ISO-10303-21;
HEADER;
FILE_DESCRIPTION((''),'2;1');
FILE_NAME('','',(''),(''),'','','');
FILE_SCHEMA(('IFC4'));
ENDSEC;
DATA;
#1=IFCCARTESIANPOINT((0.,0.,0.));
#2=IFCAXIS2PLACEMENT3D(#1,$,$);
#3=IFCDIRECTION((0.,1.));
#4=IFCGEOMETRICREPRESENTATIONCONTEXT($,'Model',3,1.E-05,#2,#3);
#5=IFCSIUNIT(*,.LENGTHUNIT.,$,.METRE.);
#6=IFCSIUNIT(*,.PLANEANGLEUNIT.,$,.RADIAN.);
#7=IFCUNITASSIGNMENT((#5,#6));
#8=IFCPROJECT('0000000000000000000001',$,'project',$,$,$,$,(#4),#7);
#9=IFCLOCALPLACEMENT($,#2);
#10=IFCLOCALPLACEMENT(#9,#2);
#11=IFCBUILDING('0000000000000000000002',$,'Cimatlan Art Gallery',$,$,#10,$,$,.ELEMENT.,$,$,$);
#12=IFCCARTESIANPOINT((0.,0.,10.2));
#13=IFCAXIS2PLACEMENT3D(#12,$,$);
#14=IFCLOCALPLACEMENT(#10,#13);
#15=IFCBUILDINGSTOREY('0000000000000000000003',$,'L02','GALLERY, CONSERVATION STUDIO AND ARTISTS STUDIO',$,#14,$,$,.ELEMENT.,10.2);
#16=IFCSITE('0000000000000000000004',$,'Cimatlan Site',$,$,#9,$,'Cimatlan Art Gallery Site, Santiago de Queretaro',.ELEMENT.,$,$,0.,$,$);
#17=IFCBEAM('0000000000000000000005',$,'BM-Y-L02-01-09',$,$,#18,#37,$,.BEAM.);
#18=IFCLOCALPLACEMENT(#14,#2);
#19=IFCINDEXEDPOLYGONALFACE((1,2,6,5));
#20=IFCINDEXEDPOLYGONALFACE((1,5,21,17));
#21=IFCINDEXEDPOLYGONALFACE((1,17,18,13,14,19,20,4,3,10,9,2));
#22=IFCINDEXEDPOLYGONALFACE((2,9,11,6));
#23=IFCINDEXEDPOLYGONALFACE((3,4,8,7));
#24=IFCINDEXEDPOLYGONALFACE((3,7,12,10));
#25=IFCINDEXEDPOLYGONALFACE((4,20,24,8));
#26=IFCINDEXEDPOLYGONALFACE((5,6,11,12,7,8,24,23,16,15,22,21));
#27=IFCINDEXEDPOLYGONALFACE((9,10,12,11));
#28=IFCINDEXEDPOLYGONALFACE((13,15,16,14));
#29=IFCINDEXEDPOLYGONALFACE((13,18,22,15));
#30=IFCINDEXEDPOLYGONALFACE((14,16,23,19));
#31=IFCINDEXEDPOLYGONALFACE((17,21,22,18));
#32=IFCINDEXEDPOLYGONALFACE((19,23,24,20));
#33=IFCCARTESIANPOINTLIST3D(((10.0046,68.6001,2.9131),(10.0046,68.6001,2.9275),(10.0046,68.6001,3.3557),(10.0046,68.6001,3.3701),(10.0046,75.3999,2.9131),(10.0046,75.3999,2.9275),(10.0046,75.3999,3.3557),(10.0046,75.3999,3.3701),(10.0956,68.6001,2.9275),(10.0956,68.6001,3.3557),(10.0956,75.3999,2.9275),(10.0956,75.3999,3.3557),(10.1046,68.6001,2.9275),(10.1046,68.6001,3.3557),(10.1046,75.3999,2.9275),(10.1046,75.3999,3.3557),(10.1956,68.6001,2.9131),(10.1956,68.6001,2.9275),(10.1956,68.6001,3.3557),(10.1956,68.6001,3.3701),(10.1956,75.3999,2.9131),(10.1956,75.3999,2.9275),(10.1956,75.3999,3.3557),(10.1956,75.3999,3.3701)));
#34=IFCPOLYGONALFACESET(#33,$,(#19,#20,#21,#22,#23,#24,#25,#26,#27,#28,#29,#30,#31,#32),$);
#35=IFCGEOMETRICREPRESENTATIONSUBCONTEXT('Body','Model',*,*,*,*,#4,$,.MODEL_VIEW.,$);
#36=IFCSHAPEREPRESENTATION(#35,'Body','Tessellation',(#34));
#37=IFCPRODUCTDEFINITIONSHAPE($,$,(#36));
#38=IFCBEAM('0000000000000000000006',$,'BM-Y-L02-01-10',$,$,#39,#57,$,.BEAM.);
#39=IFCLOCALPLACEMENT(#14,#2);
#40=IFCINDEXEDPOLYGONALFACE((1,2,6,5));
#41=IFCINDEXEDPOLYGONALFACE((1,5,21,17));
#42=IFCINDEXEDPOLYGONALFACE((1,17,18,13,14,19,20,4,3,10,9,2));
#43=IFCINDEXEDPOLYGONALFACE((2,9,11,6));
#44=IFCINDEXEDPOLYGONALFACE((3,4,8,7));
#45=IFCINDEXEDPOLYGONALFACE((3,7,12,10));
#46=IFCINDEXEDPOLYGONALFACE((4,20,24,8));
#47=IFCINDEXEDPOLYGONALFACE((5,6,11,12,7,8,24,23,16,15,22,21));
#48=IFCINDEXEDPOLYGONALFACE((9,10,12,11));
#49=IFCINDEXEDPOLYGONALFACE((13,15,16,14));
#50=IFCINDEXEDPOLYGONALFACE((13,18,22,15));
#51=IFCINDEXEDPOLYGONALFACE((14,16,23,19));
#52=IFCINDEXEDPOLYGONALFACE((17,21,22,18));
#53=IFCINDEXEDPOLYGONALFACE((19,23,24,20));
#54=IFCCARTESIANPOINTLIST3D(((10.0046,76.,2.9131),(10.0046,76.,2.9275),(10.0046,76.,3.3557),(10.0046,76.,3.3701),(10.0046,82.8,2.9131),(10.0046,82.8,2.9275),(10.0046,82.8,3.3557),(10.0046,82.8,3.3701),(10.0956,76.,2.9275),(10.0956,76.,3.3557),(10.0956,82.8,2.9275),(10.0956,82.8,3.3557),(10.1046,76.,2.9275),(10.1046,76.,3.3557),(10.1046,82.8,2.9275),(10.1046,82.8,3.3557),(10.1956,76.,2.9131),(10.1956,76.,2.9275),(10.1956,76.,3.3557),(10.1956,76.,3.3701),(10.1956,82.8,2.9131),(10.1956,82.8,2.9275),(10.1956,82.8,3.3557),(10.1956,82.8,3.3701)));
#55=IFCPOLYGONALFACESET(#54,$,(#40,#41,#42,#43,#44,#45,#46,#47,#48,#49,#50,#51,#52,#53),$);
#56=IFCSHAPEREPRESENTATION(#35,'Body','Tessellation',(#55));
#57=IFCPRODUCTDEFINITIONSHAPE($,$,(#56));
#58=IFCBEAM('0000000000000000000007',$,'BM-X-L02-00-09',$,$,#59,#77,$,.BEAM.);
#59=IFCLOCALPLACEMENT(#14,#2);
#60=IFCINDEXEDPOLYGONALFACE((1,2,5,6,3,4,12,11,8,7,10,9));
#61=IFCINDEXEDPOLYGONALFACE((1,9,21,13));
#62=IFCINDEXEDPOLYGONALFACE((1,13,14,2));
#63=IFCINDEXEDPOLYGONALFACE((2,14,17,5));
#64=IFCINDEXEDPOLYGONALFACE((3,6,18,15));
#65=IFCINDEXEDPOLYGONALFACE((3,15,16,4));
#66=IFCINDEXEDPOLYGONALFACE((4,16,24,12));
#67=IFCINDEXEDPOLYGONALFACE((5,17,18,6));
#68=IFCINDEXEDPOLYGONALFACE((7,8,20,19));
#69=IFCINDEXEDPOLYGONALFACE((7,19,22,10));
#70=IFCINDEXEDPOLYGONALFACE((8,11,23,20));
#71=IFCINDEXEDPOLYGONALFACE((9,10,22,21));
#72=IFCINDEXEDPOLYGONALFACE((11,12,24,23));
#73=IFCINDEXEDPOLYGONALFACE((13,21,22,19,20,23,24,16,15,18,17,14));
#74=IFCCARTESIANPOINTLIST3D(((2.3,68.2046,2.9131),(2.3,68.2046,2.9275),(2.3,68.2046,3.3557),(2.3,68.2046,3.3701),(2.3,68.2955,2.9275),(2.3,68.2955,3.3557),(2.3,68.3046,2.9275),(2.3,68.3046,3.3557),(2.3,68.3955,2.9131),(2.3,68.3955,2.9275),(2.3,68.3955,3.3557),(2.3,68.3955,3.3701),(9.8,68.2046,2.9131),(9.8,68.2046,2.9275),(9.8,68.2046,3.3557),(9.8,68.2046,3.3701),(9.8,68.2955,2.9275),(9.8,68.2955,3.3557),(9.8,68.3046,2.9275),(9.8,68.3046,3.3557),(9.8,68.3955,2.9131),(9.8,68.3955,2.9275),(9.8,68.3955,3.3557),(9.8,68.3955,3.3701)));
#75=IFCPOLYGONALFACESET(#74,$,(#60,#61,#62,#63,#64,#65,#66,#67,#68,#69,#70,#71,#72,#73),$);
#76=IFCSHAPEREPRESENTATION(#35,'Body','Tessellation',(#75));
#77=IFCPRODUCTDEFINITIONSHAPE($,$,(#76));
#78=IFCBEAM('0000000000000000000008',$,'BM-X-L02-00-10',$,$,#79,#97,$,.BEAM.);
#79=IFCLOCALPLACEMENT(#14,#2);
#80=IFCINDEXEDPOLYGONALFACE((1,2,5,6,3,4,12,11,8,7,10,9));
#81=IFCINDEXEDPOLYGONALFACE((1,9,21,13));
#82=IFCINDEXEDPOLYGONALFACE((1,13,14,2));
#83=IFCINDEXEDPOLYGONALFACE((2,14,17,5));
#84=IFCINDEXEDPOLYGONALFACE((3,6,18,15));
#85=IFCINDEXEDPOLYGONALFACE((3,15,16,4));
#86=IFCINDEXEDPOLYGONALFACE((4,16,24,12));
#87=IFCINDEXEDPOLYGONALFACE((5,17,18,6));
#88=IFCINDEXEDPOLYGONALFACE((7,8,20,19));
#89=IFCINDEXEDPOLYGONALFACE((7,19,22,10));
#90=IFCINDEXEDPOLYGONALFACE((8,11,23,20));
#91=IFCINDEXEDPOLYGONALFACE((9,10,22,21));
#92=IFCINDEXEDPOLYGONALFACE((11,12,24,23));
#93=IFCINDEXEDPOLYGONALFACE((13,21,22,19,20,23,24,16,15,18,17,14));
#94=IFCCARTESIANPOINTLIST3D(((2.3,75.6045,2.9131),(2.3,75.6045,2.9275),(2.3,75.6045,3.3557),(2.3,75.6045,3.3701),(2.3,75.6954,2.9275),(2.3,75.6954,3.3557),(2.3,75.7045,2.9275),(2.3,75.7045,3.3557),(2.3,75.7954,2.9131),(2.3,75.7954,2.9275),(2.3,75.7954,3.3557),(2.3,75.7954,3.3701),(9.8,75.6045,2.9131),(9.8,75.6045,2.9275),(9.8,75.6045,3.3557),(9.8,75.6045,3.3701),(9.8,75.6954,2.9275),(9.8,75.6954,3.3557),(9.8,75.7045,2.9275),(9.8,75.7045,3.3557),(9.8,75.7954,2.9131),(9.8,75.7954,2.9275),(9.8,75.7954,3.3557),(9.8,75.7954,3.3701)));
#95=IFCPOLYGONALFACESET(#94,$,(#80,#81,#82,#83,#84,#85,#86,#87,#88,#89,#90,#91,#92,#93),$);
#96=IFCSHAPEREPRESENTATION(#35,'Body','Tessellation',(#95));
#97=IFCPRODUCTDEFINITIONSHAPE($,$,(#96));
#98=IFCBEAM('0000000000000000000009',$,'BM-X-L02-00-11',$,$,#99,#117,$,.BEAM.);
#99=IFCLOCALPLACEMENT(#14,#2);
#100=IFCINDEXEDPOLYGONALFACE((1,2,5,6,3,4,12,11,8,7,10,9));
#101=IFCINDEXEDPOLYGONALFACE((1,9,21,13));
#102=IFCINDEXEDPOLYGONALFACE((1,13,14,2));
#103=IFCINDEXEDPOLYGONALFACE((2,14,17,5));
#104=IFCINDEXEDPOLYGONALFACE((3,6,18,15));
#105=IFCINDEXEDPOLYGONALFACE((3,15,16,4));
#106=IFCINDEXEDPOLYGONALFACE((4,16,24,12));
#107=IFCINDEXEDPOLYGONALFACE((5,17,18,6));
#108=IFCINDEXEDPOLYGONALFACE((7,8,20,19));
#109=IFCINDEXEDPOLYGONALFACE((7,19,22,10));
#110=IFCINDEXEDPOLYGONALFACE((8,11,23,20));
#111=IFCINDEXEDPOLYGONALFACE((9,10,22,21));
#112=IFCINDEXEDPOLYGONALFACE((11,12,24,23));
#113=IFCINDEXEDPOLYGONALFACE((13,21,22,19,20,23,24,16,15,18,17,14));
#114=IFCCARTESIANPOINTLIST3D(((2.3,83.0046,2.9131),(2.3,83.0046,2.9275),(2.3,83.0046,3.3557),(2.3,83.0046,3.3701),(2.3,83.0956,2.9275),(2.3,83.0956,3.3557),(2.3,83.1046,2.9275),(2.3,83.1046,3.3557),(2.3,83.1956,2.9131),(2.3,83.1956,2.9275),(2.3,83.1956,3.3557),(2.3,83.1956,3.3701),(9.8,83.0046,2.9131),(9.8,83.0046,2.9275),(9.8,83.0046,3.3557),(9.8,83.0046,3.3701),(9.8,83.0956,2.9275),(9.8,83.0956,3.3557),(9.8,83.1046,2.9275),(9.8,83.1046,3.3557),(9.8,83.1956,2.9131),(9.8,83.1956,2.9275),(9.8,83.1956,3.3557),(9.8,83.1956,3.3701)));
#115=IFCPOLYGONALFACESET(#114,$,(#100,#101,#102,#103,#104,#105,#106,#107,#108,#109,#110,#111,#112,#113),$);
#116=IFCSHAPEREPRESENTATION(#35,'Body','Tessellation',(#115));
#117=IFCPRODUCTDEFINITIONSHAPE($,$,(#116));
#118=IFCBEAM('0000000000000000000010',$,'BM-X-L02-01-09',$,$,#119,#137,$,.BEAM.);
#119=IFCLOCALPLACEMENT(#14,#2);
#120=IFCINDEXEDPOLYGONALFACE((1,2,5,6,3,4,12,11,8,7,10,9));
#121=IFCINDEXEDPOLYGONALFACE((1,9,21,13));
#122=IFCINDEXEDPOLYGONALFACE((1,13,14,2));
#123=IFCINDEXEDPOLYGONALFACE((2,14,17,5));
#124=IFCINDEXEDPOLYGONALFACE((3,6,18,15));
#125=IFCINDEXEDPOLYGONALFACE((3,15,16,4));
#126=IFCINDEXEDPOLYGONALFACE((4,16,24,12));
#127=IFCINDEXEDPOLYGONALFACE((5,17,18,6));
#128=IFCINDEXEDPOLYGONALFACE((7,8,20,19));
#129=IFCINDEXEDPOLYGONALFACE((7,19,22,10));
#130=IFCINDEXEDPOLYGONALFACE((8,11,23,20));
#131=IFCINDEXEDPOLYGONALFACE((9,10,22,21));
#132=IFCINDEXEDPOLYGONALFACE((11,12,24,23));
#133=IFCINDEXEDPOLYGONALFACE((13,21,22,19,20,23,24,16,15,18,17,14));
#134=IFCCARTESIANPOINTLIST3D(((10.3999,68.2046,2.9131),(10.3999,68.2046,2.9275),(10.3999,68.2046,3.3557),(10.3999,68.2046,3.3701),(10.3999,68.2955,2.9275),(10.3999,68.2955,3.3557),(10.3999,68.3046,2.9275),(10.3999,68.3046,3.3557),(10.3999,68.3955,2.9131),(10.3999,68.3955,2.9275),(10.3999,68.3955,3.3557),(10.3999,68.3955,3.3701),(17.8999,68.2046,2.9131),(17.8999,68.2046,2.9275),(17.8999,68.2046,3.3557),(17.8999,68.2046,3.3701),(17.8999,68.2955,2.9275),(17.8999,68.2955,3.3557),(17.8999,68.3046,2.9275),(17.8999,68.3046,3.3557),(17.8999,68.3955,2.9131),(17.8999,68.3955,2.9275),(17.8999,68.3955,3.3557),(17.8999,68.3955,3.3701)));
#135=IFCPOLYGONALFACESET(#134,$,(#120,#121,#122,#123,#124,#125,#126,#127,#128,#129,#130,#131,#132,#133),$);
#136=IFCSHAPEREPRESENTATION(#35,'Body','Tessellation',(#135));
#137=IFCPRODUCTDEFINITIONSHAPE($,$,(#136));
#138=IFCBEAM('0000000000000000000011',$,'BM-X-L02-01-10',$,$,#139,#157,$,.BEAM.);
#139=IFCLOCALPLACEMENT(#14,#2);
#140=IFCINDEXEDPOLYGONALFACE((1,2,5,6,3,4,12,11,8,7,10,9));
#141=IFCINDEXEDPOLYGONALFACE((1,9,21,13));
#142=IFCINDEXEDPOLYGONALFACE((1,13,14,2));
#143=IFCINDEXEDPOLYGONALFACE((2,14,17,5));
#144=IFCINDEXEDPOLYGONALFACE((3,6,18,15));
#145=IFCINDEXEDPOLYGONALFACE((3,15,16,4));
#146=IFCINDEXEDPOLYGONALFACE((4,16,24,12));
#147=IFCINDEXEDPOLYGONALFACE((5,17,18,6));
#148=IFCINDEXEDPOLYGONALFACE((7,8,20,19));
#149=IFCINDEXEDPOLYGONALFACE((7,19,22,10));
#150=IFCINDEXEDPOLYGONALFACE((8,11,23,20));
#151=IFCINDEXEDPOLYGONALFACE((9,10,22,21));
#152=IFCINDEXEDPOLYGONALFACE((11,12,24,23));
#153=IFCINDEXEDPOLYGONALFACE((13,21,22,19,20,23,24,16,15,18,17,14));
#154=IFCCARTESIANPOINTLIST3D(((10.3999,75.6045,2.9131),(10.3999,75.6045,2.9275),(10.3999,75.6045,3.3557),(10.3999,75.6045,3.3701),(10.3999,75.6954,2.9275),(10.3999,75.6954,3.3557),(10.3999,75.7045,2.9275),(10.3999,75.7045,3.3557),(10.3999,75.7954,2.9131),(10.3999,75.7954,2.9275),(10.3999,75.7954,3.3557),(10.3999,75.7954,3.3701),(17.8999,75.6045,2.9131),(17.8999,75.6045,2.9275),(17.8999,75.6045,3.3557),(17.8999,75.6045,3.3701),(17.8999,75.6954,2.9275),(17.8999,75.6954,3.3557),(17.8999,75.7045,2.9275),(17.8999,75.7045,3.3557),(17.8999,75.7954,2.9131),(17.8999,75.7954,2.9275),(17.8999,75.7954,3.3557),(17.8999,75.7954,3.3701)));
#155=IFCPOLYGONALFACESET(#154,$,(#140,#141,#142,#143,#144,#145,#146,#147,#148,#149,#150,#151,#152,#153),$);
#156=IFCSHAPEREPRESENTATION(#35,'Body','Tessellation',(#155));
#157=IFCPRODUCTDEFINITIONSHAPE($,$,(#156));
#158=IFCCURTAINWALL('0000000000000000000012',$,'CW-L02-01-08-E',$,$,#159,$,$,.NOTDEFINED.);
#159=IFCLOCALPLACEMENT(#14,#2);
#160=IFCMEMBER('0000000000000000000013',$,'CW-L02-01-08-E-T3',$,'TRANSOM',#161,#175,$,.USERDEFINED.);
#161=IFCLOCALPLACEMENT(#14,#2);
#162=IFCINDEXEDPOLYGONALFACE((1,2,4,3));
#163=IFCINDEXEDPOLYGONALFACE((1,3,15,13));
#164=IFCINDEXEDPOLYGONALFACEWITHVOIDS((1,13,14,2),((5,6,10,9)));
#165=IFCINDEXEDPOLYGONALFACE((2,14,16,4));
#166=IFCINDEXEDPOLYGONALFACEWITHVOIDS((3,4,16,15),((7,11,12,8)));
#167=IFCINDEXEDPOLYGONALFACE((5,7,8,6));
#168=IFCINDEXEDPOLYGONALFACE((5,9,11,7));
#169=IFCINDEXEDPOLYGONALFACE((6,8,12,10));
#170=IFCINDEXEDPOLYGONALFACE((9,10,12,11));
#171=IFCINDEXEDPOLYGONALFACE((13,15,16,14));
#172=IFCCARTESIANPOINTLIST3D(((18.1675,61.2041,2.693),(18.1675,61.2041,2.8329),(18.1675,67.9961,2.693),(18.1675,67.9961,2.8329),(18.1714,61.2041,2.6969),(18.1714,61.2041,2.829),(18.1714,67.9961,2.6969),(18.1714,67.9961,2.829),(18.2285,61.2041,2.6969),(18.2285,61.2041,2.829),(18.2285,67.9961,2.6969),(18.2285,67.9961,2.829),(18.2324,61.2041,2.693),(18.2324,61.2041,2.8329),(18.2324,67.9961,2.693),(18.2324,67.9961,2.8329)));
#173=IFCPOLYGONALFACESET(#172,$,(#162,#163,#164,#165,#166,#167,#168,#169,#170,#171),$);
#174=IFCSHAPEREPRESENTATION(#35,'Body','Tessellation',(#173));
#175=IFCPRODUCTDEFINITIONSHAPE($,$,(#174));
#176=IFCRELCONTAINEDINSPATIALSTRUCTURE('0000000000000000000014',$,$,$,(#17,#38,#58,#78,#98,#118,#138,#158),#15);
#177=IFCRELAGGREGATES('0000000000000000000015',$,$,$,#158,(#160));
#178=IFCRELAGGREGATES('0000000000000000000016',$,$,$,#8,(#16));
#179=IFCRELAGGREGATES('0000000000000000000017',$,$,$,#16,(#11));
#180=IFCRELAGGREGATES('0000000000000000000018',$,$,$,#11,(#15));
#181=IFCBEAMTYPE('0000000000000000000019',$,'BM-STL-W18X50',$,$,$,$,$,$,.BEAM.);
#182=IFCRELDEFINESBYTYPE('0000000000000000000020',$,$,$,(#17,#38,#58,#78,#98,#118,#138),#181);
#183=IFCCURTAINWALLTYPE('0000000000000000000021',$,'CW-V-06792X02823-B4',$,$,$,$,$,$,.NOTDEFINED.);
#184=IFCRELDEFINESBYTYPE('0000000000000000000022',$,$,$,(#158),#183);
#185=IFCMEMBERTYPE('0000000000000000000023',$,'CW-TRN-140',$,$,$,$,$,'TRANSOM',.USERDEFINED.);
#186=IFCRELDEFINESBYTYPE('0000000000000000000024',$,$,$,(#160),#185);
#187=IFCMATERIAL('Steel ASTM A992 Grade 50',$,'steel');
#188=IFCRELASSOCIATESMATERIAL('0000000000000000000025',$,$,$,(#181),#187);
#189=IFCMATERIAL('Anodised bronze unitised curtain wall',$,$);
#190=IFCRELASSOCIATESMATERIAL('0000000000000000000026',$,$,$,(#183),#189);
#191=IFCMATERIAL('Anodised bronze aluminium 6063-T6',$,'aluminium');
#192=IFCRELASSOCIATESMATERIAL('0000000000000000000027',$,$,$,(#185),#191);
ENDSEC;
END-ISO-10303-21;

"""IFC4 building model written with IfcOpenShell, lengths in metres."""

from ifc_helpers import new_model, si_unit, direction, frame, origin, origin_2d, place, context, subcontext, project, spatial, hollow_rectangle, i_section, extrude, material, material_profile, profile_set, type_object, element, aggregate, save


model = new_model("IFC4")

# Units and contexts
model_context = context("Model", 3, precision=1e-05, world=origin(), true_north=direction((0.0, 1.0)))
body_context = subcontext(model_context, "Body", "Model", "MODEL_VIEW")
ifc_project = project(units=[si_unit("LENGTHUNIT", "METRE"), si_unit("PLANEANGLEUNIT", "RADIAN")], contexts=[model_context])

# Site, building, storey
site_placement = place(None, origin())
site = spatial("IfcSite", under=ifc_project, at=site_placement, Name="Cimatlan Site", LongName="Cimatlan Art Gallery Site, Santiago de Queretaro", CompositionType="ELEMENT", RefElevation=0.0)
building_placement = place(site_placement, origin())
building = spatial("IfcBuilding", under=site, at=building_placement, Name="Cimatlan Art Gallery", CompositionType="ELEMENT")
storey_placement = place(building_placement, frame((0.0, 0.0, 10.2)))
storey = spatial("IfcBuildingStorey", under=building, at=storey_placement, Name="L02", Description="GALLERY, CONSERVATION STUDIO AND ARTISTS STUDIO", CompositionType="ELEMENT", Elevation=10.2)

# Beams
ifc_material_1 = material(Name="Steel ASTM A992 Grade 50", Category="steel")
ifc_material_profile_1 = material_profile(ifc_material_1, i_section(OverallWidth=0.1909, OverallDepth=0.457, WebThickness=0.009, FlangeThickness=0.0144, at=origin_2d()), Name="W18X50")
ifc_profile_set_1 = profile_set([ifc_material_profile_1], Name="Steel ASTM A992 Grade 50")
beam_type_1 = type_object("IfcBeamType", Name="BM-STL-W18X50", PredefinedType="BEAM", material=ifc_profile_set_1)
beam_1_placement = place(storey_placement, frame((10.1001, 68.6001, 3.1416), z_axis=(0.0, 1.0, 0.0), x_axis=(-1.0, 0.0, 0.0)))
element("IfcBeam", 1, at=beam_1_placement, inside=storey, type_object=beam_type_1, Name="BM-Y-L02-01-09", PredefinedType="BEAM", context=body_context, shape_type="SweptSolid", body=[
    extrude(i_section(OverallWidth=0.1909, OverallDepth=0.457, WebThickness=0.009, FlangeThickness=0.0144, at=origin_2d()), origin(), (0.0, 0.0, 1.0), 6.7998),
])
beam_2_placement = place(storey_placement, frame((10.1001, 76.0, 3.1416), z_axis=(0.0, 1.0, 0.0), x_axis=(-1.0, 0.0, 0.0)))
element("IfcBeam", 2, at=beam_2_placement, inside=storey, type_object=beam_type_1, Name="BM-Y-L02-01-10", PredefinedType="BEAM", context=body_context, shape_type="SweptSolid", body=[
    extrude(i_section(OverallWidth=0.1909, OverallDepth=0.457, WebThickness=0.009, FlangeThickness=0.0144, at=origin_2d()), origin(), (0.0, 0.0, 1.0), 6.8),
])
for number, where, z_axis, x_axis, name in (
    (3, (2.3, 68.3, 3.1416), (1.0, 0.0, 0.0), (0.0, 1.0, 0.0), "BM-X-L02-00-09"),
    (4, (2.3, 75.7, 3.1416), (1.0, 0.0, 0.0), (0.0, 1.0, 0.0), "BM-X-L02-00-10"),
    (5, (2.3, 83.1001, 3.1416), (1.0, 0.0, 0.0), (0.0, 1.0, 0.0), "BM-X-L02-00-11"),
    (6, (10.3999, 68.3, 3.1416), (1.0, 0.0, 0.0), (0.0, 1.0, 0.0), "BM-X-L02-01-09"),
    (7, (10.3999, 75.7, 3.1416), (1.0, 0.0, 0.0), (0.0, 1.0, 0.0), "BM-X-L02-01-10"),
):
    element("IfcBeam", number, at=place(storey_placement, frame(where, z_axis=z_axis, x_axis=x_axis)), inside=storey, type_object=beam_type_1, Name=name, PredefinedType="BEAM", context=body_context, shape_type="SweptSolid", body=[
        extrude(i_section(OverallWidth=0.1909, OverallDepth=0.457, WebThickness=0.009, FlangeThickness=0.0144, at=origin_2d()), origin(), (0.0, 0.0, 1.0), 7.5),
    ])

# Curtain wall, member
ifc_material_2 = material(Name="Anodised bronze unitised curtain wall")
curtain_wall_type = type_object("IfcCurtainWallType", Name="CW-V-06792X02823-B4", PredefinedType="NOTDEFINED", material=ifc_material_2)
curtain_wall_placement = place(storey_placement, origin())
curtain_wall = element("IfcCurtainWall", 8, at=curtain_wall_placement, inside=storey, type_object=curtain_wall_type, Name="CW-L02-01-08-E", PredefinedType="NOTDEFINED")
ifc_material_3 = material(Name="Anodised bronze aluminium 6063-T6", Category="aluminium")
ifc_material_profile_2 = material_profile(ifc_material_3, hollow_rectangle(XDim=0.0649, YDim=0.1399, WallThickness=0.0039, at=origin_2d()), Name="ALU65X140X4")
ifc_profile_set_2 = profile_set([ifc_material_profile_2], Name="Anodised bronze aluminium 6063-T6")
member_type = type_object("IfcMemberType", Name="CW-TRN-140", ElementType="TRANSOM", PredefinedType="USERDEFINED", material=ifc_profile_set_2)
member_placement = place(storey_placement, frame((18.2, 67.9961, 2.7629), z_axis=(0.0, -1.0, 0.0), x_axis=(1.0, 0.0, 0.0)))
member = element("IfcMember", 9, at=member_placement, type_object=member_type, Name="CW-L02-01-08-E-T3", ObjectType="TRANSOM", PredefinedType="USERDEFINED", context=body_context, shape_type="SweptSolid", body=[
    extrude(hollow_rectangle(XDim=0.0649, YDim=0.1399, WallThickness=0.0039, at=origin_2d()), origin(), (0.0, 0.0, 1.0), 6.792),
])
aggregate(curtain_wall, [member])

save(model, "model.ifc")
